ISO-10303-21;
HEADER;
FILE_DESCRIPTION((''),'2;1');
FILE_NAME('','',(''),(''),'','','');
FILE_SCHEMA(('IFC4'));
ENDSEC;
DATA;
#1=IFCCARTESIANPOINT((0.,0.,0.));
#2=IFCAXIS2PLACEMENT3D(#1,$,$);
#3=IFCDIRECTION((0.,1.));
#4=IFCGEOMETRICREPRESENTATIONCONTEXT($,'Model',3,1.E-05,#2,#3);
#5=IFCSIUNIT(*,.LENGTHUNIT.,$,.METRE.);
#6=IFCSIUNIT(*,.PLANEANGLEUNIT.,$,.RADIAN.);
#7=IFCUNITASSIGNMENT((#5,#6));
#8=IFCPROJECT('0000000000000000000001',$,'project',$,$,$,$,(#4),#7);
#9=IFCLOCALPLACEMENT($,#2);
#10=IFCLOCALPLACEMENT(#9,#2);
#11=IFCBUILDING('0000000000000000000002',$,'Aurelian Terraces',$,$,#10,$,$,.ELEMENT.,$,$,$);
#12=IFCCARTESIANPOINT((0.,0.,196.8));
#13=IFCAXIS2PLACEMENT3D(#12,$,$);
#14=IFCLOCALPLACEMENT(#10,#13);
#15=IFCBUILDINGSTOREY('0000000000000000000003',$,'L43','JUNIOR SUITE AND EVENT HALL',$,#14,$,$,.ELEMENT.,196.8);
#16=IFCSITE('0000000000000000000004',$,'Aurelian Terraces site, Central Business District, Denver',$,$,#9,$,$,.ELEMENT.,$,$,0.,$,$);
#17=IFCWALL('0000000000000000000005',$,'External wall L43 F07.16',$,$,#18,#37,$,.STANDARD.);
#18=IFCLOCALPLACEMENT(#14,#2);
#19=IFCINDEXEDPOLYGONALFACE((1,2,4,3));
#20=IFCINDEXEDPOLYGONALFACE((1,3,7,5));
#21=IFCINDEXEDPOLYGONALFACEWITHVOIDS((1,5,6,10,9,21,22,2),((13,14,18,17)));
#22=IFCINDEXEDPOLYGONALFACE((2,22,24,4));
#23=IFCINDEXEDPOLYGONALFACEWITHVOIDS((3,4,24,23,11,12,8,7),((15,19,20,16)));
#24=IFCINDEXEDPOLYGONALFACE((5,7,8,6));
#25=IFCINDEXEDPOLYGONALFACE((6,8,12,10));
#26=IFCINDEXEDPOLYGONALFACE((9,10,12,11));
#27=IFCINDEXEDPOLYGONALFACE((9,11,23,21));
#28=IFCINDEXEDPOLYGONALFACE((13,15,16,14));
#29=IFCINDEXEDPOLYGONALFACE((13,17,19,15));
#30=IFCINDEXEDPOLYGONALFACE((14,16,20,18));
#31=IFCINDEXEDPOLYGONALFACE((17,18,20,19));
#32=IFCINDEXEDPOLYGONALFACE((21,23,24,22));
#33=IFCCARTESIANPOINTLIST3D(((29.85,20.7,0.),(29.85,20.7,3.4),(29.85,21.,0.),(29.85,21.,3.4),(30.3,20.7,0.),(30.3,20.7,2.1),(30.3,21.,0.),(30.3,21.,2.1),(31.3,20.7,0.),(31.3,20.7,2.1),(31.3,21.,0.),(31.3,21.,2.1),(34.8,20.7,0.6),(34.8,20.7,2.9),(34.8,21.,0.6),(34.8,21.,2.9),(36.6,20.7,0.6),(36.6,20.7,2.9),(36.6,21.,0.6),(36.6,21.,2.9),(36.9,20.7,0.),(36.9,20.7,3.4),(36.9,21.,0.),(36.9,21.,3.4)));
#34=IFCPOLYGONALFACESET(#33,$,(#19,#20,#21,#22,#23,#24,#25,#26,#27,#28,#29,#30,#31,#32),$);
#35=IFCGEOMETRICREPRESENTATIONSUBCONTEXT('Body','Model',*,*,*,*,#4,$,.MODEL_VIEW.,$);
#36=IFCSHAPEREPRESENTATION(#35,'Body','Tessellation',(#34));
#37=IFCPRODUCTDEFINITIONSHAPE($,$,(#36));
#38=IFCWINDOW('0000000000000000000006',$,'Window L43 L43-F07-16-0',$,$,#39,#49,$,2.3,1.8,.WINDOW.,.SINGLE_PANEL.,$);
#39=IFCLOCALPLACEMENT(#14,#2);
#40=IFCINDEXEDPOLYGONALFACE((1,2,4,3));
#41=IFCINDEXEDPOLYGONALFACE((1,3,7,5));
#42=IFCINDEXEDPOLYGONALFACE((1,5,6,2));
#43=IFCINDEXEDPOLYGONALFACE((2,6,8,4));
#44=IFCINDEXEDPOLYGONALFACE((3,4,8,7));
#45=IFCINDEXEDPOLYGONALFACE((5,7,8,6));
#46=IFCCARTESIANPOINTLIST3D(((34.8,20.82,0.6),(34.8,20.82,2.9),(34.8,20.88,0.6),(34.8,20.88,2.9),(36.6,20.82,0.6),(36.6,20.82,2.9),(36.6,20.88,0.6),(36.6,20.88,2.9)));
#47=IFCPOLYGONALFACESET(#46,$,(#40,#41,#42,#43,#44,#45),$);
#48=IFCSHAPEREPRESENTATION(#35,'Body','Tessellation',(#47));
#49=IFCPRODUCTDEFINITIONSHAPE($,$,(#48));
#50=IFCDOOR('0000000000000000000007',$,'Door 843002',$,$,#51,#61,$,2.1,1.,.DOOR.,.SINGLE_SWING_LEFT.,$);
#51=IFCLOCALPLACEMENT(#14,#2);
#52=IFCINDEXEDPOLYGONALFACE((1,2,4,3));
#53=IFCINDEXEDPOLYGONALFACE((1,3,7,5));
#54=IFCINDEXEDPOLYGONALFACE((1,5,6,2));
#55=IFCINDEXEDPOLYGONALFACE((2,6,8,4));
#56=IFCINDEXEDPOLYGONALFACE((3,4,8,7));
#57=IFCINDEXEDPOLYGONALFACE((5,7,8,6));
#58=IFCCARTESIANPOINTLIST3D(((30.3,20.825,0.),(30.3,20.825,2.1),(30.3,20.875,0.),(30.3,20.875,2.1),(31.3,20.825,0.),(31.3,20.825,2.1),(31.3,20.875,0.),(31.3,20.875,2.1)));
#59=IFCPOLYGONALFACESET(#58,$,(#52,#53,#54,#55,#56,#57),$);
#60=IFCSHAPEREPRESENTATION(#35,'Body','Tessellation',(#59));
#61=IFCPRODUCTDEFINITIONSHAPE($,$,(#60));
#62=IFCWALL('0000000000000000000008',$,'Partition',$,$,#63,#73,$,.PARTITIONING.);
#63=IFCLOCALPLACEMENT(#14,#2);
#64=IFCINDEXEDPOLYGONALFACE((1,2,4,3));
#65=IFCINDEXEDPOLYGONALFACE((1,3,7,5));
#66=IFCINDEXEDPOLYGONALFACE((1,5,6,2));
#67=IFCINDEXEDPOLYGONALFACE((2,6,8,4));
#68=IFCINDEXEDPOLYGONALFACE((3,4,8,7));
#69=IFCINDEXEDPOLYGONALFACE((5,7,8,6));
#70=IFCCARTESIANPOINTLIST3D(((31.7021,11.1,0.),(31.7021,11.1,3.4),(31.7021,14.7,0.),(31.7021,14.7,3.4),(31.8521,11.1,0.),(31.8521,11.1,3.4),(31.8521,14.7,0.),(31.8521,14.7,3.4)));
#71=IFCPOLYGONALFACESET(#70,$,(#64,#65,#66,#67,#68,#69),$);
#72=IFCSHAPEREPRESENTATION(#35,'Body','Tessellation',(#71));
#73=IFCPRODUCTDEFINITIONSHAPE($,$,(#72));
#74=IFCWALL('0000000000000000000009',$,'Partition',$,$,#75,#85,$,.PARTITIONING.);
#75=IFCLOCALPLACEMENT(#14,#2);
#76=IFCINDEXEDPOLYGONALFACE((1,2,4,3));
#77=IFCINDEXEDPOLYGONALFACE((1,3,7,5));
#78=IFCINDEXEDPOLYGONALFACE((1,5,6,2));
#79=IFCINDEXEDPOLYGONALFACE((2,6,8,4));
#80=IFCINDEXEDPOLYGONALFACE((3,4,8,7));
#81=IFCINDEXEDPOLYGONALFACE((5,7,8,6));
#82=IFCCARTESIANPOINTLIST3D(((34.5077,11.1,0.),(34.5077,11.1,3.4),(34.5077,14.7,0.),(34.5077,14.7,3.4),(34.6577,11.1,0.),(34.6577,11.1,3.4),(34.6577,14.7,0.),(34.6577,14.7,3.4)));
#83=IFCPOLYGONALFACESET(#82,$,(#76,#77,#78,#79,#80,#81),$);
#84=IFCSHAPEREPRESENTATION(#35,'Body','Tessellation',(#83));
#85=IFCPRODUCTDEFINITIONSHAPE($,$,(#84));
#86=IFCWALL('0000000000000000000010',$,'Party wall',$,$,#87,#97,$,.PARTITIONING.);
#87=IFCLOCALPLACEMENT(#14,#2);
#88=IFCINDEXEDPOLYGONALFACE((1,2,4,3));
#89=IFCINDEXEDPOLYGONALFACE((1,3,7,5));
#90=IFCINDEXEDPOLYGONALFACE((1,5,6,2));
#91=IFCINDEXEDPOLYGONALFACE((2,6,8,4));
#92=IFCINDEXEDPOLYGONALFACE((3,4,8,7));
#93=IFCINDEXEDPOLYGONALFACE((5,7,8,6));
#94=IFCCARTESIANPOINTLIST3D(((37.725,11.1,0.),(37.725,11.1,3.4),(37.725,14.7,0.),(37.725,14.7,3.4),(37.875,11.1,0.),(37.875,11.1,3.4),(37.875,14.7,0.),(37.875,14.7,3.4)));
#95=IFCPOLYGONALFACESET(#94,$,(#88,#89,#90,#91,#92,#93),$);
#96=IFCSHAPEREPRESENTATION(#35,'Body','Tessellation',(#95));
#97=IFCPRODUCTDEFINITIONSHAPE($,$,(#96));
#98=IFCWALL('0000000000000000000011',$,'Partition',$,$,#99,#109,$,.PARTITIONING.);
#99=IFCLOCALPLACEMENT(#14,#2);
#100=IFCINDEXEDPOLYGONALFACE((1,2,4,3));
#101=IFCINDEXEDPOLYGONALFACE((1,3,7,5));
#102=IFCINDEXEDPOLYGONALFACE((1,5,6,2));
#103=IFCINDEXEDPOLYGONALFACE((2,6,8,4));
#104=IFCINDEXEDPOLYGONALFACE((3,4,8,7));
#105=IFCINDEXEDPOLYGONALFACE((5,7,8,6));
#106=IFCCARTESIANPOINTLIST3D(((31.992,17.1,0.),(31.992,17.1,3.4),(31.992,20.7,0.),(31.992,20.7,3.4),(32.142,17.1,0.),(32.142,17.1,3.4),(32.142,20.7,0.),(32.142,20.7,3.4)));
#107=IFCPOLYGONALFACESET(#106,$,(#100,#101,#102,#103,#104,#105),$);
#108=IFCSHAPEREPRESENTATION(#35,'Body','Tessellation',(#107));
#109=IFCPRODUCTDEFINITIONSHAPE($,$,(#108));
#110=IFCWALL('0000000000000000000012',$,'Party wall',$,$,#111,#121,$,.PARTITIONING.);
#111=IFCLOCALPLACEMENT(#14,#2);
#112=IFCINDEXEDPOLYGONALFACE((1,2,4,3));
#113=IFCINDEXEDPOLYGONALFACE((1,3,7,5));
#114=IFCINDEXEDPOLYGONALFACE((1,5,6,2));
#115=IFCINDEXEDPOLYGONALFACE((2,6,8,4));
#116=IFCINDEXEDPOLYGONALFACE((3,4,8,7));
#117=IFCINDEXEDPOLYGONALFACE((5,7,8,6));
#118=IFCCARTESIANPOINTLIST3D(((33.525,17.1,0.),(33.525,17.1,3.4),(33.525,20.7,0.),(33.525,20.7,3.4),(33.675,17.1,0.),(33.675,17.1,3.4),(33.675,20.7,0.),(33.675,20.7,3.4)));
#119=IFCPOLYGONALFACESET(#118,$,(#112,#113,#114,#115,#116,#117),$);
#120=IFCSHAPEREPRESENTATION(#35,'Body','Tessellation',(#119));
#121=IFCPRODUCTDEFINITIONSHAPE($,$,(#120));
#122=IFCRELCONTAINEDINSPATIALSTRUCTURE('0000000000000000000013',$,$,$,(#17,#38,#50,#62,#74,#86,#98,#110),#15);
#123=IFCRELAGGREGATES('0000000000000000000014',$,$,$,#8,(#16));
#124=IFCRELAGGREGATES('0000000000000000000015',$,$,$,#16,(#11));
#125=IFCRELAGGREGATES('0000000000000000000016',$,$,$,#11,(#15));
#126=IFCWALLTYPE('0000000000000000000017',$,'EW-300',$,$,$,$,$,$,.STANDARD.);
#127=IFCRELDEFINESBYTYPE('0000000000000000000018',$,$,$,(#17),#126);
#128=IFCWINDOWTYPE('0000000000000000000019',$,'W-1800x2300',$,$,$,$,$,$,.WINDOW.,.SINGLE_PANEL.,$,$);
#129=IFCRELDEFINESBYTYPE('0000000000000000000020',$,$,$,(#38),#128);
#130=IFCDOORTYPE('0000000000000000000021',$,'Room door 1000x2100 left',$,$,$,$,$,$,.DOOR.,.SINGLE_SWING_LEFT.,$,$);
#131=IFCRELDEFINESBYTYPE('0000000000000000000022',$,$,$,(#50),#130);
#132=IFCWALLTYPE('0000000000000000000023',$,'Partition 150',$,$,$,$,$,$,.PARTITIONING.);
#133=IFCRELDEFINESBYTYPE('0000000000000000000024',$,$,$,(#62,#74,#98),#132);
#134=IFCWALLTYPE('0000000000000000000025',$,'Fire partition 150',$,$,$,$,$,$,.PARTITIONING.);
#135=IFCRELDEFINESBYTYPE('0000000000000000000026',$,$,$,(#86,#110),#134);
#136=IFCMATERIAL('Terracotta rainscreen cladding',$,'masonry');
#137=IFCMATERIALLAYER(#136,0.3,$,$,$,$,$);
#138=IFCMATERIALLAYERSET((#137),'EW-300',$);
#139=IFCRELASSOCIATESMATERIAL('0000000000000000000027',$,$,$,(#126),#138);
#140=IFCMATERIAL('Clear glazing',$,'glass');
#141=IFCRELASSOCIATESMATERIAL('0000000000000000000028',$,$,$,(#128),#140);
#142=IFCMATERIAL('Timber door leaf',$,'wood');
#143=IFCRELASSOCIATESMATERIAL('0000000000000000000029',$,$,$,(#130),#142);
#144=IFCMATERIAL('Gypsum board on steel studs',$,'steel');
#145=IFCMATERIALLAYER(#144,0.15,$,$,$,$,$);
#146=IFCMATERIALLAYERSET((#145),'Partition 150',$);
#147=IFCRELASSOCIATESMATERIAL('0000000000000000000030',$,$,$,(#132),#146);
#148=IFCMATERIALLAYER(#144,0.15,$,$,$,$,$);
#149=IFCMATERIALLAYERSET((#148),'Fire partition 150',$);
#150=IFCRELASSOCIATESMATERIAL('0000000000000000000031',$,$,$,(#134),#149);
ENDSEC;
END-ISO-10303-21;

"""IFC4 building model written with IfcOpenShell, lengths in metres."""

from ifc_helpers import new_model, si_unit, direction, frame, frame_2d, origin, place, context, subcontext, project, spatial, rectangle, extrude, source, transform, mapped, material, layer, layer_set, type_object, element, fill, save


model = new_model("IFC4")

# Units and contexts
model_context = context("Model", 3, precision=1e-05, world=origin(), true_north=direction((0.0, 1.0)))
body_context = subcontext(model_context, "Body", "Model", "MODEL_VIEW")
ifc_project = project(units=[si_unit("LENGTHUNIT", "METRE"), si_unit("PLANEANGLEUNIT", "RADIAN")], contexts=[model_context])

# Site, building, storey
site_placement = place(None, origin())
site = spatial("IfcSite", under=ifc_project, at=site_placement, Name="Aurelian Terraces site, Central Business District, Denver", CompositionType="ELEMENT", RefElevation=0.0)
building_placement = place(site_placement, origin())
building = spatial("IfcBuilding", under=site, at=building_placement, Name="Aurelian Terraces", CompositionType="ELEMENT")
storey_placement = place(building_placement, frame((0.0, 0.0, 196.8)))
storey = spatial("IfcBuildingStorey", under=building, at=storey_placement, Name="L43", Description="JUNIOR SUITE AND EVENT HALL", CompositionType="ELEMENT", Elevation=196.8)

# Shared definitions
ifc_material_1 = material(Name="Clear glazing", Category="glass")
ifc_material_2 = material(Name="Terracotta rainscreen cladding", Category="masonry")
ifc_layer_1 = layer(ifc_material_2, 0.3)
ifc_layer_set_1 = layer_set([ifc_layer_1], Name="EW-300")
wall_type_1 = type_object("IfcWallType", Name="EW-300", PredefinedType="STANDARD", material=ifc_layer_set_1)

# Wall, openings, window, door
shared_shape_1 = source(origin(), body_context, "Body", "SweptSolid", [
    extrude(rectangle(XDim=7.05, YDim=0.3, at=frame_2d((3.525, 0.0))), origin(), (0.0, 0.0, 1.0), 3.4),
])
wall_1_placement = place(storey_placement, frame((36.9, 20.85, 0.0), z_axis=(0.0, 0.0, 1.0), x_axis=(-1.0, 0.0, 0.0)))
wall_1 = element("IfcWall", 1, at=wall_1_placement, inside=storey, type_object=wall_type_1, Name="External wall L43 F07.16", PredefinedType="STANDARD", context=body_context, shape_type="MappedRepresentation", body=[
    mapped(shared_shape_1, transform((0.0, 0.0, 0.0), scale=1.0)),
])
shared_shape_2 = source(origin(), body_context, "Body", "SweptSolid", [
    extrude(rectangle(XDim=1.8, YDim=2.3, at=frame_2d((0.9, 1.15))), frame((0.0, 0.16, 0.0), z_axis=(0.0, -1.0, 0.0), x_axis=(1.0, 0.0, 0.0)), (0.0, 0.0, 1.0), 0.32),
])
opening_1_placement = place(wall_1_placement, frame((0.3, 0.0, 0.6)))
opening_1 = element("IfcOpeningElement", 2, at=opening_1_placement, cuts=wall_1, PredefinedType="OPENING", context=body_context, shape_type="MappedRepresentation", body=[
    mapped(shared_shape_2, transform((0.0, 0.0, 0.0), scale=1.0)),
])
shared_shape_3 = source(origin(), body_context, "Body", "SweptSolid", [
    extrude(rectangle(XDim=1.0, YDim=2.1, at=frame_2d((0.5, 1.05))), frame((0.0, 0.16, 0.0), z_axis=(0.0, -1.0, 0.0), x_axis=(1.0, 0.0, 0.0)), (0.0, 0.0, 1.0), 0.32),
])
opening_2_placement = place(wall_1_placement, frame((5.6, 0.0, 0.0)))
opening_2 = element("IfcOpeningElement", 3, at=opening_2_placement, cuts=wall_1, PredefinedType="OPENING", context=body_context, shape_type="MappedRepresentation", body=[
    mapped(shared_shape_3, transform((0.0, 0.0, 0.0), scale=1.0)),
])
window_type_1 = type_object("IfcWindowType", Name="W-1800x2300", PartitioningType="SINGLE_PANEL", PredefinedType="WINDOW", material=ifc_material_1)
shared_shape_4 = source(origin(), body_context, "Body", "SweptSolid", [
    extrude(rectangle(XDim=1.8, YDim=2.3, at=frame_2d((0.9, 1.15))), frame((0.0, 0.03, 0.0), z_axis=(0.0, -1.0, 0.0), x_axis=(1.0, 0.0, 0.0)), (0.0, 0.0, 1.0), 0.06),
])
window_1_placement = place(opening_1_placement, origin())
window_1 = element("IfcWindow", 4, at=window_1_placement, inside=storey, type_object=window_type_1, Name="Window L43 L43-F07-16-0", OverallHeight=2.3, OverallWidth=1.8, PartitioningType="SINGLE_PANEL", PredefinedType="WINDOW", context=body_context, shape_type="MappedRepresentation", body=[
    mapped(shared_shape_4, transform((0.0, 0.0, 0.0), scale=1.0)),
])
fill(opening_1, window_1)
ifc_material_3 = material(Name="Timber door leaf", Category="wood")
door_type_1 = type_object("IfcDoorType", Name="Room door 1000x2100 left", OperationType="SINGLE_SWING_LEFT", PredefinedType="DOOR", material=ifc_material_3)
shared_shape_5 = source(origin(), body_context, "Body", "SweptSolid", [
    extrude(rectangle(XDim=1.0, YDim=2.1, at=frame_2d((0.5, 1.05))), frame((0.0, 0.025, 0.0), z_axis=(0.0, -1.0, 0.0), x_axis=(1.0, 0.0, 0.0)), (0.0, 0.0, 1.0), 0.05),
])
door_1_placement = place(opening_2_placement, origin())
door_1 = element("IfcDoor", 5, at=door_1_placement, inside=storey, type_object=door_type_1, Name="Door 843002", OperationType="SINGLE_SWING_LEFT", OverallHeight=2.1, OverallWidth=1.0, PredefinedType="DOOR", context=body_context, shape_type="MappedRepresentation", body=[
    mapped(shared_shape_5, transform((0.0, 0.0, 0.0), scale=1.0)),
])
fill(opening_2, door_1)

# Walls
ifc_material_4 = material(Name="Gypsum board on steel studs", Category="steel")
ifc_layer_2 = layer(ifc_material_4, 0.15)
ifc_layer_set_2 = layer_set([ifc_layer_2], Name="Partition 150")
wall_type_2 = type_object("IfcWallType", Name="Partition 150", PredefinedType="PARTITIONING", material=ifc_layer_set_2)
shared_shape_6 = source(origin(), body_context, "Body", "SweptSolid", [
    extrude(rectangle(XDim=3.6, YDim=0.15, at=frame_2d((1.8, 0.0))), origin(), (0.0, 0.0, 1.0), 3.4),
])
for number, where, z_axis, x_axis, name in (
    (6, (31.7771, 11.1, 0.0), (0.0, 0.0, 1.0), (0.0, 1.0, 0.0), "Partition"),
    (7, (34.5827, 11.1, 0.0), (0.0, 0.0, 1.0), (0.0, 1.0, 0.0), "Partition"),
):
    element("IfcWall", number, at=place(storey_placement, frame(where, z_axis=z_axis, x_axis=x_axis)), inside=storey, type_object=wall_type_2, Name=name, PredefinedType="PARTITIONING", context=body_context, shape_type="MappedRepresentation", body=[
        mapped(shared_shape_6, transform((0.0, 0.0, 0.0), scale=1.0)),
    ])
ifc_layer_3 = layer(ifc_material_4, 0.15)
ifc_layer_set_3 = layer_set([ifc_layer_3], Name="Fire partition 150")
wall_type_3 = type_object("IfcWallType", Name="Fire partition 150", PredefinedType="PARTITIONING", material=ifc_layer_set_3)
wall_2_placement = place(storey_placement, frame((37.8, 11.1, 0.0), z_axis=(0.0, 0.0, 1.0), x_axis=(0.0, 1.0, 0.0)))
element("IfcWall", 8, at=wall_2_placement, inside=storey, type_object=wall_type_3, Name="Party wall", PredefinedType="PARTITIONING", context=body_context, shape_type="MappedRepresentation", body=[
    mapped(shared_shape_6, transform((0.0, 0.0, 0.0), scale=1.0)),
])
wall_3_placement = place(storey_placement, frame((32.067, 20.7, 0.0), z_axis=(0.0, 0.0, 1.0), x_axis=(0.0, -1.0, 0.0)))
element("IfcWall", 9, at=wall_3_placement, inside=storey, type_object=wall_type_2, Name="Partition", PredefinedType="PARTITIONING", context=body_context, shape_type="MappedRepresentation", body=[
    mapped(shared_shape_6, transform((0.0, 0.0, 0.0), scale=1.0)),
])
wall_4_placement = place(storey_placement, frame((33.6, 17.1, 0.0), z_axis=(0.0, 0.0, 1.0), x_axis=(0.0, 1.0, 0.0)))
element("IfcWall", 10, at=wall_4_placement, inside=storey, type_object=wall_type_3, Name="Party wall", PredefinedType="PARTITIONING", context=body_context, shape_type="MappedRepresentation", body=[
    mapped(shared_shape_6, transform((0.0, 0.0, 0.0), scale=1.0)),
])

save(model, "model.ifc")
